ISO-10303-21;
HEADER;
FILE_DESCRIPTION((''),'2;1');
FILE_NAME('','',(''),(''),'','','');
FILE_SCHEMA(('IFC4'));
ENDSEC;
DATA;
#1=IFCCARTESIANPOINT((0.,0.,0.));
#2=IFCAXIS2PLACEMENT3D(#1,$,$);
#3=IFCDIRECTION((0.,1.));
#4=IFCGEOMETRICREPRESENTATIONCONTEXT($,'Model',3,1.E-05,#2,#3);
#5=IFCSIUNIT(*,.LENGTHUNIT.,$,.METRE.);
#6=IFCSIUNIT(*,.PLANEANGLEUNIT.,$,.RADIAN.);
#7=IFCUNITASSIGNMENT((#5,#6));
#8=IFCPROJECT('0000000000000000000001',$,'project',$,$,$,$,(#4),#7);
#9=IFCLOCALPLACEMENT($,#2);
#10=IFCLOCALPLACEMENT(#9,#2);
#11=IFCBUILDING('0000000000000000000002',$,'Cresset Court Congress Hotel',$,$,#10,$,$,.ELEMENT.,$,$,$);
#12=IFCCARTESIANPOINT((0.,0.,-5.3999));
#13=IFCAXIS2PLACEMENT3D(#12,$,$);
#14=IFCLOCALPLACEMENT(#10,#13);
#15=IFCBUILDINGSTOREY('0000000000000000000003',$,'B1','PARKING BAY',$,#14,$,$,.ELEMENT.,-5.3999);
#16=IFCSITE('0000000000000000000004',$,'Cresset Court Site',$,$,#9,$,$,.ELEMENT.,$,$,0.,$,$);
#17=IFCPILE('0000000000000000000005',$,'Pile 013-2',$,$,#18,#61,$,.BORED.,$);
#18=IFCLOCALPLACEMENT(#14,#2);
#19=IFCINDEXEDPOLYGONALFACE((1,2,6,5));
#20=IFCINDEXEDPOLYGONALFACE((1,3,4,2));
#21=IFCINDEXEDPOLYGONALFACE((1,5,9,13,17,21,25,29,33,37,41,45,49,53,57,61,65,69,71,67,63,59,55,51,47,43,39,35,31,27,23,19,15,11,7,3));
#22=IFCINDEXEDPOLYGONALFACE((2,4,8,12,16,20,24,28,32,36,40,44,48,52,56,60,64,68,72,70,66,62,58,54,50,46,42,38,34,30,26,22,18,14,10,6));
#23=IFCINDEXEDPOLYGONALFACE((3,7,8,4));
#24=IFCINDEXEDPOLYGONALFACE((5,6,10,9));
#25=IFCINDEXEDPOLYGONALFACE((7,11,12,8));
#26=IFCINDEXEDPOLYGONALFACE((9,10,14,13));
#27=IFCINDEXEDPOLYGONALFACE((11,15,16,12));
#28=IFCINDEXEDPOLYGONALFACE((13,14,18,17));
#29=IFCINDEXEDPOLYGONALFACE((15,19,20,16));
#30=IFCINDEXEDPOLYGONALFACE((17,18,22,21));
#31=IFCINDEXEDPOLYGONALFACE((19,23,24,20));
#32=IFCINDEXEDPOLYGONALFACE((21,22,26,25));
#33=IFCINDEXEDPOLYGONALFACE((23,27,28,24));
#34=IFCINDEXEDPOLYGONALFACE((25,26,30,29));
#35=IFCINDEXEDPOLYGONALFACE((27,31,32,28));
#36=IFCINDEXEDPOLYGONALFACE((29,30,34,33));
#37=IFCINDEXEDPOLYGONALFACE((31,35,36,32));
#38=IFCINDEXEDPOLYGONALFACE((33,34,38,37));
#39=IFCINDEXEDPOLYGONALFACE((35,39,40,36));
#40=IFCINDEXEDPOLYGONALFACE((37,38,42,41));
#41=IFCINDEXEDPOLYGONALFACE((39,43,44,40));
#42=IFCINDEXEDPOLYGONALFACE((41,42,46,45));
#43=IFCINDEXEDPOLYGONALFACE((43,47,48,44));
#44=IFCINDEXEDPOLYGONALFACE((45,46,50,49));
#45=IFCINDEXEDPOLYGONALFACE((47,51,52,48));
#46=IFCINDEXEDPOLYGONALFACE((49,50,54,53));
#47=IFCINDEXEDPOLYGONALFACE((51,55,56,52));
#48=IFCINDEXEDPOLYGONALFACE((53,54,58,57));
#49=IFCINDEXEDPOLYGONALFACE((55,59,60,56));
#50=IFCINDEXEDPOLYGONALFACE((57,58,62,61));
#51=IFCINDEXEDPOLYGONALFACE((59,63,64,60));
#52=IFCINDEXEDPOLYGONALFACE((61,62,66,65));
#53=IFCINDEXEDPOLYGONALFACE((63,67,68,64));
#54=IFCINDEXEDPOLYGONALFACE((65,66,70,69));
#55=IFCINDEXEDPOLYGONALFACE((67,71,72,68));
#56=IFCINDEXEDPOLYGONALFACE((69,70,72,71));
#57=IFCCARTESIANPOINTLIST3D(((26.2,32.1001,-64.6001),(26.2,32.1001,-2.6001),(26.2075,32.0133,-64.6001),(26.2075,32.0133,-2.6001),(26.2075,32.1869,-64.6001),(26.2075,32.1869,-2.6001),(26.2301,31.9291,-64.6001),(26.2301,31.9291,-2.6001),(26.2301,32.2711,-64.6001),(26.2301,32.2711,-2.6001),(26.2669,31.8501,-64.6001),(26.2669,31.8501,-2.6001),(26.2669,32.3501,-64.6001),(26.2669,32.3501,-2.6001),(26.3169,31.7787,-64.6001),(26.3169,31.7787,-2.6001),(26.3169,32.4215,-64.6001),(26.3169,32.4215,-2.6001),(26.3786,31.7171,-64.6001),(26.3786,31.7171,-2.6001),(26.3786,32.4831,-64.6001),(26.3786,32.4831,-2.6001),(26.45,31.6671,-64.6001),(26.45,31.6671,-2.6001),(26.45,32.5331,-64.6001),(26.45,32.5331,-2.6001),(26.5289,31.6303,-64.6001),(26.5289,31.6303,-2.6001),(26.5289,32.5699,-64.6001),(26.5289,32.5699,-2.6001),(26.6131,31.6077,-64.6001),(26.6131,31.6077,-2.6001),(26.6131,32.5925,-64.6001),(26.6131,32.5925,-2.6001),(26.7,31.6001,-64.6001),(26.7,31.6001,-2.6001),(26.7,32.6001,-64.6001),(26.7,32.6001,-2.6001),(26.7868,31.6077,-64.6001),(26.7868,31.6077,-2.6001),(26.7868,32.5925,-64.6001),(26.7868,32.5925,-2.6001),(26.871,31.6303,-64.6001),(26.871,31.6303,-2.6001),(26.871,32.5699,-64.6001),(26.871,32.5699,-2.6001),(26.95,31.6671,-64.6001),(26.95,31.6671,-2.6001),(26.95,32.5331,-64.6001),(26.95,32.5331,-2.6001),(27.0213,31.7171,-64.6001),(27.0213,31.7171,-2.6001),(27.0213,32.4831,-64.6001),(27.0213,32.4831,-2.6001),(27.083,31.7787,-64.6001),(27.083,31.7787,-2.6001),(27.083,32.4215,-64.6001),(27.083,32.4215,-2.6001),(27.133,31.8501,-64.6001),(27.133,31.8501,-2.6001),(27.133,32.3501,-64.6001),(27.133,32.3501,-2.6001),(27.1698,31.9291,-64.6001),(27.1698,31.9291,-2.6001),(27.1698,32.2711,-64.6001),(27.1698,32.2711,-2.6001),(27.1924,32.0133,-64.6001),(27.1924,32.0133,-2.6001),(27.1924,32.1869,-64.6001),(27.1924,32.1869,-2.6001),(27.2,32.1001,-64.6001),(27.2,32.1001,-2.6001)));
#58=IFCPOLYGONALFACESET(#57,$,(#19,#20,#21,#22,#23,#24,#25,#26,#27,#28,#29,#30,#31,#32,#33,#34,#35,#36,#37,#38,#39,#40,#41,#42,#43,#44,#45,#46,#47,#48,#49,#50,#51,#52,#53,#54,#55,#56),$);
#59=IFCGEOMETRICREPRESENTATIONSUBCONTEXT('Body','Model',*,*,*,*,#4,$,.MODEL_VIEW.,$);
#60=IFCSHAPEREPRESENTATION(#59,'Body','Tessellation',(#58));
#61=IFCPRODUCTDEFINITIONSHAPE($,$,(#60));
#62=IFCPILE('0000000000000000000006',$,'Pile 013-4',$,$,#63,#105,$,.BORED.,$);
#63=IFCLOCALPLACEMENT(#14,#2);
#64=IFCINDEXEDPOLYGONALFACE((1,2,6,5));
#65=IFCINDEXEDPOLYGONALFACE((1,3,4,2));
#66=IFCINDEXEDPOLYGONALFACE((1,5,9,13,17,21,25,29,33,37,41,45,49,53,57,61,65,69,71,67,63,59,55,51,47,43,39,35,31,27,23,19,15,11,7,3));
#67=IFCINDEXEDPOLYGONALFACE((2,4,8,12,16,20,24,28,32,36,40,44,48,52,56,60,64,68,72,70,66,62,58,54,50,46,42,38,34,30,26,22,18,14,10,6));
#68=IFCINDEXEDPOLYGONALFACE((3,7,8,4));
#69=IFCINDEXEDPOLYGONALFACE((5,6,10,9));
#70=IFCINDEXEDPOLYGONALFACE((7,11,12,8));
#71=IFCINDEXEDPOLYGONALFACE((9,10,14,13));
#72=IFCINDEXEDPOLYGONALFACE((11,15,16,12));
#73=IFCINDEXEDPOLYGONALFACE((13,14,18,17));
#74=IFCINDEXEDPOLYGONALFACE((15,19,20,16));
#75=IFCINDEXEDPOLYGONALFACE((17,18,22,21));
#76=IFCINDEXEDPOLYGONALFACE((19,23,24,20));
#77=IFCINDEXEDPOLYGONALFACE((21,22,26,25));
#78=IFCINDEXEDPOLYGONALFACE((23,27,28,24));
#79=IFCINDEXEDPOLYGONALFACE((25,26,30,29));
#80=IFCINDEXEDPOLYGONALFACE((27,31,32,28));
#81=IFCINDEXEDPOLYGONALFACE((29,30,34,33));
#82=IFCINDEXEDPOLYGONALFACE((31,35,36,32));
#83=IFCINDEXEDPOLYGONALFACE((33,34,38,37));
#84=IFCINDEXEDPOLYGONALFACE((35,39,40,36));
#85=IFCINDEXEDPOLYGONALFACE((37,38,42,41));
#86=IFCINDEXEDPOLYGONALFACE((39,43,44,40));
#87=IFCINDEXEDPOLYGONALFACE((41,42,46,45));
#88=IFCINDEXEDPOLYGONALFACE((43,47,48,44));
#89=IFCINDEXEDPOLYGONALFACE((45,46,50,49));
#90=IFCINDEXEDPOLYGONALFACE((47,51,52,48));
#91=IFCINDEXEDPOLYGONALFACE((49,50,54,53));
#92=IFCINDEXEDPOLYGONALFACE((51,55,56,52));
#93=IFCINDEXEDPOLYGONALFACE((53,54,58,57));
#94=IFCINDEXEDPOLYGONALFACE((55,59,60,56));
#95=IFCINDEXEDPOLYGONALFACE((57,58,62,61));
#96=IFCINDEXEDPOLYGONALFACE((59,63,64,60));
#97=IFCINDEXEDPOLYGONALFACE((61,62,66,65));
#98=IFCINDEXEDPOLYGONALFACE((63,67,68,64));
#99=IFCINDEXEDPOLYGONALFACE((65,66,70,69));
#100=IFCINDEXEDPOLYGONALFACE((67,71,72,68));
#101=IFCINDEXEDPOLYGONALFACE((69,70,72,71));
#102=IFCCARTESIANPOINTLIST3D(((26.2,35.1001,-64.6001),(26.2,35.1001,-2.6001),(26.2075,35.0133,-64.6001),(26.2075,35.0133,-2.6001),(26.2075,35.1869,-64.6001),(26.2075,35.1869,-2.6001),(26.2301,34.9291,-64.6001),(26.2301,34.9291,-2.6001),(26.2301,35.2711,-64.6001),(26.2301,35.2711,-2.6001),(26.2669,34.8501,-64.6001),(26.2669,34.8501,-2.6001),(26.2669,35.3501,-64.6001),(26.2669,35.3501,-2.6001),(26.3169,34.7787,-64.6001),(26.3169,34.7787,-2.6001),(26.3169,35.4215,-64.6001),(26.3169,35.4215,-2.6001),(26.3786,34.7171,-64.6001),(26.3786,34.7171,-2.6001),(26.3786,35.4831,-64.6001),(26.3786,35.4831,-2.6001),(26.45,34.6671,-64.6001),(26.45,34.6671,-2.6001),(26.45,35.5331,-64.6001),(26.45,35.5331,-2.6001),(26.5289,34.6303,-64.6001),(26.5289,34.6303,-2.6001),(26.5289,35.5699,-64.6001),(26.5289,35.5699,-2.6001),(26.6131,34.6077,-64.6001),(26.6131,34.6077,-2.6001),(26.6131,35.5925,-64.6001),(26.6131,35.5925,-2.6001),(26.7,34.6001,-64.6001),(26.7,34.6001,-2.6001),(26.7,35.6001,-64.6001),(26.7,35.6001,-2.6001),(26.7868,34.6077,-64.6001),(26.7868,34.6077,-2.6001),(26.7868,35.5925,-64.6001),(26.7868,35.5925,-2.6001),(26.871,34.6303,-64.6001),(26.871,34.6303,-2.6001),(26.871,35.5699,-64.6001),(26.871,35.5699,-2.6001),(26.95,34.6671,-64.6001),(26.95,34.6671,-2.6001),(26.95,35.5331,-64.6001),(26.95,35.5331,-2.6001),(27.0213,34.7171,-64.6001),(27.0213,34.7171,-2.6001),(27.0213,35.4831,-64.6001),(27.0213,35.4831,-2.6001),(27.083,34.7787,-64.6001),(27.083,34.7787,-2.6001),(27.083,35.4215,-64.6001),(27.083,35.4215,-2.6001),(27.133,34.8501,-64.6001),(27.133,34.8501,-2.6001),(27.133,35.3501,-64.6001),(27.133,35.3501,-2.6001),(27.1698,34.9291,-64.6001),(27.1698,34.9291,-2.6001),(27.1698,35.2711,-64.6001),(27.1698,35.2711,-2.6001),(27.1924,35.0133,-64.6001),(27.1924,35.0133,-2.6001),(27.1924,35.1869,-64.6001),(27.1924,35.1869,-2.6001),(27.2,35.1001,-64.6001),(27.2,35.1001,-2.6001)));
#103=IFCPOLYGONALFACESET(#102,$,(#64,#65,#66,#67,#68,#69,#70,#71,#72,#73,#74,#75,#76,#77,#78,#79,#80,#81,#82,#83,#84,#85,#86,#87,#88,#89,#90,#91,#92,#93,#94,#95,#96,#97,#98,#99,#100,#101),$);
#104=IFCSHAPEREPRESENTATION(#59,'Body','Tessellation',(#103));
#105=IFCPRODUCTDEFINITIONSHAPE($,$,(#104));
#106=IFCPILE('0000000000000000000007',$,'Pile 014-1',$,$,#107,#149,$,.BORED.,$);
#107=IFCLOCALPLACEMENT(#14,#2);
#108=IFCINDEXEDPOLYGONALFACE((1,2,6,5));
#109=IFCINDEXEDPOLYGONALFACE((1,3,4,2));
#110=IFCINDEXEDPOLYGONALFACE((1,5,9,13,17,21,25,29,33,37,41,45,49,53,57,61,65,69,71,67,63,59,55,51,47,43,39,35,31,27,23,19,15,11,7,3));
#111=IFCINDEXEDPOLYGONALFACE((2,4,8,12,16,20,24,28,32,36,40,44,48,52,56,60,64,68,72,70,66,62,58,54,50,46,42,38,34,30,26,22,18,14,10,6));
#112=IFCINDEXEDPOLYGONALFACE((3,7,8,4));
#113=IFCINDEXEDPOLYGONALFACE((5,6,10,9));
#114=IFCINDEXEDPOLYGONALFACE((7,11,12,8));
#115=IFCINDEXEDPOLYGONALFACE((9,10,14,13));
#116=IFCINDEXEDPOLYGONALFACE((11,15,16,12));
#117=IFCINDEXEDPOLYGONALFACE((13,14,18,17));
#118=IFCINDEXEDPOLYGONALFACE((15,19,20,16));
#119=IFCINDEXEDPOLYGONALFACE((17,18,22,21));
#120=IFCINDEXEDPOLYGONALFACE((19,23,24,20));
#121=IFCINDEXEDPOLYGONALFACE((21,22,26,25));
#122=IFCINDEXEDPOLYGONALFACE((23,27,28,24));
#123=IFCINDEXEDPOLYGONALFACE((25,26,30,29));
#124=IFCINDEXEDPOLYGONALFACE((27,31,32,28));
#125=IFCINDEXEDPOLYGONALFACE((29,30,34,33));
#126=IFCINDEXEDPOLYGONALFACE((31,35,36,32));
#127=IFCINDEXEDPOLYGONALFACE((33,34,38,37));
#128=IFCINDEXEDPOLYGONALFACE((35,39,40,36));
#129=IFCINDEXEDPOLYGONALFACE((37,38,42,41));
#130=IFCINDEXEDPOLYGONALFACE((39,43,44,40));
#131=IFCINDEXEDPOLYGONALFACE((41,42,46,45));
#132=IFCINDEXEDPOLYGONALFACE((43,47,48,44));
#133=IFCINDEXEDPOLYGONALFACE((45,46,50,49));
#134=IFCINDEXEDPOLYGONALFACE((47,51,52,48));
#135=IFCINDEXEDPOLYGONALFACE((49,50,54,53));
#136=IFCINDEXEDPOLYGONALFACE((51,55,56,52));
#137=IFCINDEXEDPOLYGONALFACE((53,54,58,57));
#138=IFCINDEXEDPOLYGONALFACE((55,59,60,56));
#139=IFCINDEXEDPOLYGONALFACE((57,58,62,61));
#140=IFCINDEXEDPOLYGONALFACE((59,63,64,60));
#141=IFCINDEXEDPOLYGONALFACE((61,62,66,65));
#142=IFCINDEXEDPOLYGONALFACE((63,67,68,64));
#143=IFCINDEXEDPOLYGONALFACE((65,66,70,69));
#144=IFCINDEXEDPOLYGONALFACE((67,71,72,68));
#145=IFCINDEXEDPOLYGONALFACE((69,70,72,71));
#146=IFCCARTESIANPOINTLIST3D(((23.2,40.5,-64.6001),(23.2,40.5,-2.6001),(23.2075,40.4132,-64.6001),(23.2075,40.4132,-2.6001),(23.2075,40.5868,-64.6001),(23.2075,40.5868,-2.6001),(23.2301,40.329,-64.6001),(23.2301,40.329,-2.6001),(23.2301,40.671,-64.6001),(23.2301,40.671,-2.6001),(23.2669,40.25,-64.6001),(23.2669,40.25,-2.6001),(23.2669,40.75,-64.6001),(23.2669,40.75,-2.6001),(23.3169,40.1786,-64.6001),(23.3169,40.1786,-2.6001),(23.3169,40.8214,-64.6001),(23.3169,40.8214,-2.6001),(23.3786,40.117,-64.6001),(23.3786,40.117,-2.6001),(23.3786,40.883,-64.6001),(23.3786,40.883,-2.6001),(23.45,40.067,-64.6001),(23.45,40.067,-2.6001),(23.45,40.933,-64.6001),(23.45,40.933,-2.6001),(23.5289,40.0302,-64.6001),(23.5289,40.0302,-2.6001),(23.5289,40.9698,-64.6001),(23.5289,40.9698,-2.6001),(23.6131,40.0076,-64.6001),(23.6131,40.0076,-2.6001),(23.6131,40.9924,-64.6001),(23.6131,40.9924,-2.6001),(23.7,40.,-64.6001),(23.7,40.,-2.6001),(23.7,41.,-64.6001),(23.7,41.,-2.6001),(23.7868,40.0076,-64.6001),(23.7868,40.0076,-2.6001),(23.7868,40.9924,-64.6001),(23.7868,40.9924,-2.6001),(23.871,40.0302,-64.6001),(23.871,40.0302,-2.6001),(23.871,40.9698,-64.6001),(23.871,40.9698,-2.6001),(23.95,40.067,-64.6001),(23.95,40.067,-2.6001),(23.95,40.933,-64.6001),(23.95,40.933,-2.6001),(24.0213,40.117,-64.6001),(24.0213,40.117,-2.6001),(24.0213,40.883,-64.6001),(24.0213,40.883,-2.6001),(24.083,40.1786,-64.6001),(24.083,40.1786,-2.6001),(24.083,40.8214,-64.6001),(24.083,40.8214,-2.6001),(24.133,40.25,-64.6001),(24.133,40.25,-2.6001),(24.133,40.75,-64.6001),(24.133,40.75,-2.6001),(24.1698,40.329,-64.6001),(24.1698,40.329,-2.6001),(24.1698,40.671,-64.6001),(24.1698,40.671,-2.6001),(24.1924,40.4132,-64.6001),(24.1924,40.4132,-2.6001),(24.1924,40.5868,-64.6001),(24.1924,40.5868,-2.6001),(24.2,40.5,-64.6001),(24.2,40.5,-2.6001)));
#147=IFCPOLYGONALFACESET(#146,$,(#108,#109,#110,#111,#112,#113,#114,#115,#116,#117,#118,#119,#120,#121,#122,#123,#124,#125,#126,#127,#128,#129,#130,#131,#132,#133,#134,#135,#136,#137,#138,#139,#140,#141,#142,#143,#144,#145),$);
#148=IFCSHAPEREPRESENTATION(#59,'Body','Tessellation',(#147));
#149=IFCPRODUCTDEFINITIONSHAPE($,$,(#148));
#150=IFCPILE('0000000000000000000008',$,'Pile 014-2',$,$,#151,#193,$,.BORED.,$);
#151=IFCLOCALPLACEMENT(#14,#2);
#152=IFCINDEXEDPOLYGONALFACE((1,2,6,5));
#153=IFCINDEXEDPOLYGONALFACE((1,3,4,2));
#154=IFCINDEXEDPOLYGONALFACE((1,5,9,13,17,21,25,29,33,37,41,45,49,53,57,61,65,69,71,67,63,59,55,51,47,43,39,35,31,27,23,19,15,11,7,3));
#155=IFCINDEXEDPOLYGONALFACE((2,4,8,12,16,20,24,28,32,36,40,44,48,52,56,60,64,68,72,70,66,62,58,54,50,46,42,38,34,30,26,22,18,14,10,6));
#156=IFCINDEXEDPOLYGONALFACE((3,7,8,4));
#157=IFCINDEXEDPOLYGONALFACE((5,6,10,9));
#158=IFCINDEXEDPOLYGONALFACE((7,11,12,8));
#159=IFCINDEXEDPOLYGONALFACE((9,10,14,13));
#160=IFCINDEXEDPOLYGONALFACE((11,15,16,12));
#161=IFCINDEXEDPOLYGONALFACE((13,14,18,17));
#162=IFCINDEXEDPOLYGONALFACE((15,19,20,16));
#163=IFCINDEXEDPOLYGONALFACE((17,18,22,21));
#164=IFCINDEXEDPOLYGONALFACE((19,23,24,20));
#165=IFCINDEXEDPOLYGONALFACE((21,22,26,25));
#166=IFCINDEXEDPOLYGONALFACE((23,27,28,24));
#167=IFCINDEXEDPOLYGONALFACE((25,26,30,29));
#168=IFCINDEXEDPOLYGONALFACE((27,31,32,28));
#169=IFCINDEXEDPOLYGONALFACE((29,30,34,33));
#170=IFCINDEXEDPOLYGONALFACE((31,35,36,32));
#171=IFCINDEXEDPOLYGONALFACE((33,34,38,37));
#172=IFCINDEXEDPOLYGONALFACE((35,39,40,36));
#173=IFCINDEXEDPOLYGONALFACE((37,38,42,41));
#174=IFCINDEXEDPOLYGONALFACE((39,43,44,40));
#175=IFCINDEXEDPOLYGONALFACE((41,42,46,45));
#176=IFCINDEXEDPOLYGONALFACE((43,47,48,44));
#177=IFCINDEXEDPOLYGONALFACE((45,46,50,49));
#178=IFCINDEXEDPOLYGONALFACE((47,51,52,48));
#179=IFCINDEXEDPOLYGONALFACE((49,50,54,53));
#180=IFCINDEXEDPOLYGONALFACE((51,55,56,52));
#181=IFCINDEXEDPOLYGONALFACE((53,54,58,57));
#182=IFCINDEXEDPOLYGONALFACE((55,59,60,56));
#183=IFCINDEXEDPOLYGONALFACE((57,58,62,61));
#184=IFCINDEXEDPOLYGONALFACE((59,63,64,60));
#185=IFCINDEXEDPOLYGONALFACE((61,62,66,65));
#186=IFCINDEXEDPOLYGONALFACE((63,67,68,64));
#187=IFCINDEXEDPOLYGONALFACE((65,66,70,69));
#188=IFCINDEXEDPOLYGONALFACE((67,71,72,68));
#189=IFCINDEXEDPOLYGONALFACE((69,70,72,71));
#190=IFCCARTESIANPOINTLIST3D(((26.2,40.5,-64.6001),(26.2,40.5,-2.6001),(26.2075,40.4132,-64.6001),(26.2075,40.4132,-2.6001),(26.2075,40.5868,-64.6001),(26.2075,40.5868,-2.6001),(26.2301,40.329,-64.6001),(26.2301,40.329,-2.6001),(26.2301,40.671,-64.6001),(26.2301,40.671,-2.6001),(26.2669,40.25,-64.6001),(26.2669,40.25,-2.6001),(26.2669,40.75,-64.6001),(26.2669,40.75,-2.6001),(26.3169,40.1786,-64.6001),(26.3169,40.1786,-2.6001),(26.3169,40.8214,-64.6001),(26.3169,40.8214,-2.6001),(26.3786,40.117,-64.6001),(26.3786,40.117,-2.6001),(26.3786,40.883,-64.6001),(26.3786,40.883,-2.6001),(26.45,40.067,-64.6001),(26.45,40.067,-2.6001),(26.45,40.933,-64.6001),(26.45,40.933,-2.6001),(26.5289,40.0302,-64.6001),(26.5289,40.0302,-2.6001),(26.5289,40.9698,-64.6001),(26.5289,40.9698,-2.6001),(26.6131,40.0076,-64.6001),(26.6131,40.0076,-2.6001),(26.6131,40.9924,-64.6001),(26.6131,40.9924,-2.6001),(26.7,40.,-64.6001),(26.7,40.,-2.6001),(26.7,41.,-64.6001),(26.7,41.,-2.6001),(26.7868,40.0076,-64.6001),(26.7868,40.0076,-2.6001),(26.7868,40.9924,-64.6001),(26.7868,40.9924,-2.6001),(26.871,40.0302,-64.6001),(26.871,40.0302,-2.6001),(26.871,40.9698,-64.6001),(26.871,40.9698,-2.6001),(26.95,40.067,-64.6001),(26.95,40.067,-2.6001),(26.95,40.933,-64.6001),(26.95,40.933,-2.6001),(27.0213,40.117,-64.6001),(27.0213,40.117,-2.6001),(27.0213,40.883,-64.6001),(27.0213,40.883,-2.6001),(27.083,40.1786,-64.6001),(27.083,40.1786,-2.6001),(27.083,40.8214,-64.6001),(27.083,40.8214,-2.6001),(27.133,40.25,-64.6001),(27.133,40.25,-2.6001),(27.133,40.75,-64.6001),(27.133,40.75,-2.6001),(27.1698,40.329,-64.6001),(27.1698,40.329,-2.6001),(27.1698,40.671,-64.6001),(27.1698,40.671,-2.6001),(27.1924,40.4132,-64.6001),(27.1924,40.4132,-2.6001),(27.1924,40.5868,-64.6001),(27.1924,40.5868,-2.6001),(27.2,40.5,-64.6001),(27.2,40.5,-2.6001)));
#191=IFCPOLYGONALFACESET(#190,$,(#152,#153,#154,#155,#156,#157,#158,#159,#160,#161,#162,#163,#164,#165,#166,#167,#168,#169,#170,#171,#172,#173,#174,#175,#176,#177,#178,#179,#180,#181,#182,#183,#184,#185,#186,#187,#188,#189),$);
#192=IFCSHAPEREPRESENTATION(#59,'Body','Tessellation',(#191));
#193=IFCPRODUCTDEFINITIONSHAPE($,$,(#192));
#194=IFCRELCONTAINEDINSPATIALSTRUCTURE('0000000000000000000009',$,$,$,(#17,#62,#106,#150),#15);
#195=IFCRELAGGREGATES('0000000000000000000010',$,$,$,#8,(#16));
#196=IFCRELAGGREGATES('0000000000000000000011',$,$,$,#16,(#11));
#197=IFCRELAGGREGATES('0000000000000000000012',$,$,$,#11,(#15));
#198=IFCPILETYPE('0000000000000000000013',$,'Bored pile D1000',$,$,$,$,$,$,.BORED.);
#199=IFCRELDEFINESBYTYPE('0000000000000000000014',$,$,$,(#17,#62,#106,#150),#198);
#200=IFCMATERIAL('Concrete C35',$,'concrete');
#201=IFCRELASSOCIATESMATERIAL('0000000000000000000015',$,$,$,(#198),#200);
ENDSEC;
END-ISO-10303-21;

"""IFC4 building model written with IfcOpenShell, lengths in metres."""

from ifc_helpers import new_model, si_unit, direction, frame, origin, origin_2d, place, context, subcontext, project, spatial, circle, extrude, material, type_object, element, save


model = new_model("IFC4")

# Units and contexts
model_context = context("Model", 3, precision=1e-05, world=origin(), true_north=direction((0.0, 1.0)))
body_context = subcontext(model_context, "Body", "Model", "MODEL_VIEW")
ifc_project = project(units=[si_unit("LENGTHUNIT", "METRE"), si_unit("PLANEANGLEUNIT", "RADIAN")], contexts=[model_context])

# Site, building, storey
site_placement = place(None, origin())
site = spatial("IfcSite", under=ifc_project, at=site_placement, Name="Cresset Court Site", CompositionType="ELEMENT", RefElevation=0.0)
building_placement = place(site_placement, origin())
building = spatial("IfcBuilding", under=site, at=building_placement, Name="Cresset Court Congress Hotel", CompositionType="ELEMENT")
storey_placement = place(building_placement, frame((0.0, 0.0, -5.3999)))
storey = spatial("IfcBuildingStorey", under=building, at=storey_placement, Name="B1", Description="PARKING BAY", CompositionType="ELEMENT", Elevation=-5.3999)

# Piles
ifc_material_1 = material(Name="Concrete C35", Category="concrete")
pile_type = type_object("IfcPileType", Name="Bored pile D1000", PredefinedType="BORED", material=ifc_material_1)
for number, where, z_axis, x_axis, name in (
    (1, (26.7, 32.1001, -2.6001), (0.0, 0.0, -1.0), (1.0, 0.0, 0.0), "Pile 013-2"),
    (2, (26.7, 35.1001, -2.6001), (0.0, 0.0, -1.0), (1.0, 0.0, 0.0), "Pile 013-4"),
    (3, (23.7, 40.5, -2.6001), (0.0, 0.0, -1.0), (1.0, 0.0, 0.0), "Pile 014-1"),
    (4, (26.7, 40.5, -2.6001), (0.0, 0.0, -1.0), (1.0, 0.0, 0.0), "Pile 014-2"),
):
    element("IfcPile", number, at=place(storey_placement, frame(where, z_axis=z_axis, x_axis=x_axis)), inside=storey, type_object=pile_type, Name=name, PredefinedType="BORED", context=body_context, shape_type="SweptSolid", body=[
        extrude(circle(Radius=0.5, at=origin_2d()), origin(), (0.0, 0.0, 1.0), 62.0),
    ])

save(model, "model.ifc")
